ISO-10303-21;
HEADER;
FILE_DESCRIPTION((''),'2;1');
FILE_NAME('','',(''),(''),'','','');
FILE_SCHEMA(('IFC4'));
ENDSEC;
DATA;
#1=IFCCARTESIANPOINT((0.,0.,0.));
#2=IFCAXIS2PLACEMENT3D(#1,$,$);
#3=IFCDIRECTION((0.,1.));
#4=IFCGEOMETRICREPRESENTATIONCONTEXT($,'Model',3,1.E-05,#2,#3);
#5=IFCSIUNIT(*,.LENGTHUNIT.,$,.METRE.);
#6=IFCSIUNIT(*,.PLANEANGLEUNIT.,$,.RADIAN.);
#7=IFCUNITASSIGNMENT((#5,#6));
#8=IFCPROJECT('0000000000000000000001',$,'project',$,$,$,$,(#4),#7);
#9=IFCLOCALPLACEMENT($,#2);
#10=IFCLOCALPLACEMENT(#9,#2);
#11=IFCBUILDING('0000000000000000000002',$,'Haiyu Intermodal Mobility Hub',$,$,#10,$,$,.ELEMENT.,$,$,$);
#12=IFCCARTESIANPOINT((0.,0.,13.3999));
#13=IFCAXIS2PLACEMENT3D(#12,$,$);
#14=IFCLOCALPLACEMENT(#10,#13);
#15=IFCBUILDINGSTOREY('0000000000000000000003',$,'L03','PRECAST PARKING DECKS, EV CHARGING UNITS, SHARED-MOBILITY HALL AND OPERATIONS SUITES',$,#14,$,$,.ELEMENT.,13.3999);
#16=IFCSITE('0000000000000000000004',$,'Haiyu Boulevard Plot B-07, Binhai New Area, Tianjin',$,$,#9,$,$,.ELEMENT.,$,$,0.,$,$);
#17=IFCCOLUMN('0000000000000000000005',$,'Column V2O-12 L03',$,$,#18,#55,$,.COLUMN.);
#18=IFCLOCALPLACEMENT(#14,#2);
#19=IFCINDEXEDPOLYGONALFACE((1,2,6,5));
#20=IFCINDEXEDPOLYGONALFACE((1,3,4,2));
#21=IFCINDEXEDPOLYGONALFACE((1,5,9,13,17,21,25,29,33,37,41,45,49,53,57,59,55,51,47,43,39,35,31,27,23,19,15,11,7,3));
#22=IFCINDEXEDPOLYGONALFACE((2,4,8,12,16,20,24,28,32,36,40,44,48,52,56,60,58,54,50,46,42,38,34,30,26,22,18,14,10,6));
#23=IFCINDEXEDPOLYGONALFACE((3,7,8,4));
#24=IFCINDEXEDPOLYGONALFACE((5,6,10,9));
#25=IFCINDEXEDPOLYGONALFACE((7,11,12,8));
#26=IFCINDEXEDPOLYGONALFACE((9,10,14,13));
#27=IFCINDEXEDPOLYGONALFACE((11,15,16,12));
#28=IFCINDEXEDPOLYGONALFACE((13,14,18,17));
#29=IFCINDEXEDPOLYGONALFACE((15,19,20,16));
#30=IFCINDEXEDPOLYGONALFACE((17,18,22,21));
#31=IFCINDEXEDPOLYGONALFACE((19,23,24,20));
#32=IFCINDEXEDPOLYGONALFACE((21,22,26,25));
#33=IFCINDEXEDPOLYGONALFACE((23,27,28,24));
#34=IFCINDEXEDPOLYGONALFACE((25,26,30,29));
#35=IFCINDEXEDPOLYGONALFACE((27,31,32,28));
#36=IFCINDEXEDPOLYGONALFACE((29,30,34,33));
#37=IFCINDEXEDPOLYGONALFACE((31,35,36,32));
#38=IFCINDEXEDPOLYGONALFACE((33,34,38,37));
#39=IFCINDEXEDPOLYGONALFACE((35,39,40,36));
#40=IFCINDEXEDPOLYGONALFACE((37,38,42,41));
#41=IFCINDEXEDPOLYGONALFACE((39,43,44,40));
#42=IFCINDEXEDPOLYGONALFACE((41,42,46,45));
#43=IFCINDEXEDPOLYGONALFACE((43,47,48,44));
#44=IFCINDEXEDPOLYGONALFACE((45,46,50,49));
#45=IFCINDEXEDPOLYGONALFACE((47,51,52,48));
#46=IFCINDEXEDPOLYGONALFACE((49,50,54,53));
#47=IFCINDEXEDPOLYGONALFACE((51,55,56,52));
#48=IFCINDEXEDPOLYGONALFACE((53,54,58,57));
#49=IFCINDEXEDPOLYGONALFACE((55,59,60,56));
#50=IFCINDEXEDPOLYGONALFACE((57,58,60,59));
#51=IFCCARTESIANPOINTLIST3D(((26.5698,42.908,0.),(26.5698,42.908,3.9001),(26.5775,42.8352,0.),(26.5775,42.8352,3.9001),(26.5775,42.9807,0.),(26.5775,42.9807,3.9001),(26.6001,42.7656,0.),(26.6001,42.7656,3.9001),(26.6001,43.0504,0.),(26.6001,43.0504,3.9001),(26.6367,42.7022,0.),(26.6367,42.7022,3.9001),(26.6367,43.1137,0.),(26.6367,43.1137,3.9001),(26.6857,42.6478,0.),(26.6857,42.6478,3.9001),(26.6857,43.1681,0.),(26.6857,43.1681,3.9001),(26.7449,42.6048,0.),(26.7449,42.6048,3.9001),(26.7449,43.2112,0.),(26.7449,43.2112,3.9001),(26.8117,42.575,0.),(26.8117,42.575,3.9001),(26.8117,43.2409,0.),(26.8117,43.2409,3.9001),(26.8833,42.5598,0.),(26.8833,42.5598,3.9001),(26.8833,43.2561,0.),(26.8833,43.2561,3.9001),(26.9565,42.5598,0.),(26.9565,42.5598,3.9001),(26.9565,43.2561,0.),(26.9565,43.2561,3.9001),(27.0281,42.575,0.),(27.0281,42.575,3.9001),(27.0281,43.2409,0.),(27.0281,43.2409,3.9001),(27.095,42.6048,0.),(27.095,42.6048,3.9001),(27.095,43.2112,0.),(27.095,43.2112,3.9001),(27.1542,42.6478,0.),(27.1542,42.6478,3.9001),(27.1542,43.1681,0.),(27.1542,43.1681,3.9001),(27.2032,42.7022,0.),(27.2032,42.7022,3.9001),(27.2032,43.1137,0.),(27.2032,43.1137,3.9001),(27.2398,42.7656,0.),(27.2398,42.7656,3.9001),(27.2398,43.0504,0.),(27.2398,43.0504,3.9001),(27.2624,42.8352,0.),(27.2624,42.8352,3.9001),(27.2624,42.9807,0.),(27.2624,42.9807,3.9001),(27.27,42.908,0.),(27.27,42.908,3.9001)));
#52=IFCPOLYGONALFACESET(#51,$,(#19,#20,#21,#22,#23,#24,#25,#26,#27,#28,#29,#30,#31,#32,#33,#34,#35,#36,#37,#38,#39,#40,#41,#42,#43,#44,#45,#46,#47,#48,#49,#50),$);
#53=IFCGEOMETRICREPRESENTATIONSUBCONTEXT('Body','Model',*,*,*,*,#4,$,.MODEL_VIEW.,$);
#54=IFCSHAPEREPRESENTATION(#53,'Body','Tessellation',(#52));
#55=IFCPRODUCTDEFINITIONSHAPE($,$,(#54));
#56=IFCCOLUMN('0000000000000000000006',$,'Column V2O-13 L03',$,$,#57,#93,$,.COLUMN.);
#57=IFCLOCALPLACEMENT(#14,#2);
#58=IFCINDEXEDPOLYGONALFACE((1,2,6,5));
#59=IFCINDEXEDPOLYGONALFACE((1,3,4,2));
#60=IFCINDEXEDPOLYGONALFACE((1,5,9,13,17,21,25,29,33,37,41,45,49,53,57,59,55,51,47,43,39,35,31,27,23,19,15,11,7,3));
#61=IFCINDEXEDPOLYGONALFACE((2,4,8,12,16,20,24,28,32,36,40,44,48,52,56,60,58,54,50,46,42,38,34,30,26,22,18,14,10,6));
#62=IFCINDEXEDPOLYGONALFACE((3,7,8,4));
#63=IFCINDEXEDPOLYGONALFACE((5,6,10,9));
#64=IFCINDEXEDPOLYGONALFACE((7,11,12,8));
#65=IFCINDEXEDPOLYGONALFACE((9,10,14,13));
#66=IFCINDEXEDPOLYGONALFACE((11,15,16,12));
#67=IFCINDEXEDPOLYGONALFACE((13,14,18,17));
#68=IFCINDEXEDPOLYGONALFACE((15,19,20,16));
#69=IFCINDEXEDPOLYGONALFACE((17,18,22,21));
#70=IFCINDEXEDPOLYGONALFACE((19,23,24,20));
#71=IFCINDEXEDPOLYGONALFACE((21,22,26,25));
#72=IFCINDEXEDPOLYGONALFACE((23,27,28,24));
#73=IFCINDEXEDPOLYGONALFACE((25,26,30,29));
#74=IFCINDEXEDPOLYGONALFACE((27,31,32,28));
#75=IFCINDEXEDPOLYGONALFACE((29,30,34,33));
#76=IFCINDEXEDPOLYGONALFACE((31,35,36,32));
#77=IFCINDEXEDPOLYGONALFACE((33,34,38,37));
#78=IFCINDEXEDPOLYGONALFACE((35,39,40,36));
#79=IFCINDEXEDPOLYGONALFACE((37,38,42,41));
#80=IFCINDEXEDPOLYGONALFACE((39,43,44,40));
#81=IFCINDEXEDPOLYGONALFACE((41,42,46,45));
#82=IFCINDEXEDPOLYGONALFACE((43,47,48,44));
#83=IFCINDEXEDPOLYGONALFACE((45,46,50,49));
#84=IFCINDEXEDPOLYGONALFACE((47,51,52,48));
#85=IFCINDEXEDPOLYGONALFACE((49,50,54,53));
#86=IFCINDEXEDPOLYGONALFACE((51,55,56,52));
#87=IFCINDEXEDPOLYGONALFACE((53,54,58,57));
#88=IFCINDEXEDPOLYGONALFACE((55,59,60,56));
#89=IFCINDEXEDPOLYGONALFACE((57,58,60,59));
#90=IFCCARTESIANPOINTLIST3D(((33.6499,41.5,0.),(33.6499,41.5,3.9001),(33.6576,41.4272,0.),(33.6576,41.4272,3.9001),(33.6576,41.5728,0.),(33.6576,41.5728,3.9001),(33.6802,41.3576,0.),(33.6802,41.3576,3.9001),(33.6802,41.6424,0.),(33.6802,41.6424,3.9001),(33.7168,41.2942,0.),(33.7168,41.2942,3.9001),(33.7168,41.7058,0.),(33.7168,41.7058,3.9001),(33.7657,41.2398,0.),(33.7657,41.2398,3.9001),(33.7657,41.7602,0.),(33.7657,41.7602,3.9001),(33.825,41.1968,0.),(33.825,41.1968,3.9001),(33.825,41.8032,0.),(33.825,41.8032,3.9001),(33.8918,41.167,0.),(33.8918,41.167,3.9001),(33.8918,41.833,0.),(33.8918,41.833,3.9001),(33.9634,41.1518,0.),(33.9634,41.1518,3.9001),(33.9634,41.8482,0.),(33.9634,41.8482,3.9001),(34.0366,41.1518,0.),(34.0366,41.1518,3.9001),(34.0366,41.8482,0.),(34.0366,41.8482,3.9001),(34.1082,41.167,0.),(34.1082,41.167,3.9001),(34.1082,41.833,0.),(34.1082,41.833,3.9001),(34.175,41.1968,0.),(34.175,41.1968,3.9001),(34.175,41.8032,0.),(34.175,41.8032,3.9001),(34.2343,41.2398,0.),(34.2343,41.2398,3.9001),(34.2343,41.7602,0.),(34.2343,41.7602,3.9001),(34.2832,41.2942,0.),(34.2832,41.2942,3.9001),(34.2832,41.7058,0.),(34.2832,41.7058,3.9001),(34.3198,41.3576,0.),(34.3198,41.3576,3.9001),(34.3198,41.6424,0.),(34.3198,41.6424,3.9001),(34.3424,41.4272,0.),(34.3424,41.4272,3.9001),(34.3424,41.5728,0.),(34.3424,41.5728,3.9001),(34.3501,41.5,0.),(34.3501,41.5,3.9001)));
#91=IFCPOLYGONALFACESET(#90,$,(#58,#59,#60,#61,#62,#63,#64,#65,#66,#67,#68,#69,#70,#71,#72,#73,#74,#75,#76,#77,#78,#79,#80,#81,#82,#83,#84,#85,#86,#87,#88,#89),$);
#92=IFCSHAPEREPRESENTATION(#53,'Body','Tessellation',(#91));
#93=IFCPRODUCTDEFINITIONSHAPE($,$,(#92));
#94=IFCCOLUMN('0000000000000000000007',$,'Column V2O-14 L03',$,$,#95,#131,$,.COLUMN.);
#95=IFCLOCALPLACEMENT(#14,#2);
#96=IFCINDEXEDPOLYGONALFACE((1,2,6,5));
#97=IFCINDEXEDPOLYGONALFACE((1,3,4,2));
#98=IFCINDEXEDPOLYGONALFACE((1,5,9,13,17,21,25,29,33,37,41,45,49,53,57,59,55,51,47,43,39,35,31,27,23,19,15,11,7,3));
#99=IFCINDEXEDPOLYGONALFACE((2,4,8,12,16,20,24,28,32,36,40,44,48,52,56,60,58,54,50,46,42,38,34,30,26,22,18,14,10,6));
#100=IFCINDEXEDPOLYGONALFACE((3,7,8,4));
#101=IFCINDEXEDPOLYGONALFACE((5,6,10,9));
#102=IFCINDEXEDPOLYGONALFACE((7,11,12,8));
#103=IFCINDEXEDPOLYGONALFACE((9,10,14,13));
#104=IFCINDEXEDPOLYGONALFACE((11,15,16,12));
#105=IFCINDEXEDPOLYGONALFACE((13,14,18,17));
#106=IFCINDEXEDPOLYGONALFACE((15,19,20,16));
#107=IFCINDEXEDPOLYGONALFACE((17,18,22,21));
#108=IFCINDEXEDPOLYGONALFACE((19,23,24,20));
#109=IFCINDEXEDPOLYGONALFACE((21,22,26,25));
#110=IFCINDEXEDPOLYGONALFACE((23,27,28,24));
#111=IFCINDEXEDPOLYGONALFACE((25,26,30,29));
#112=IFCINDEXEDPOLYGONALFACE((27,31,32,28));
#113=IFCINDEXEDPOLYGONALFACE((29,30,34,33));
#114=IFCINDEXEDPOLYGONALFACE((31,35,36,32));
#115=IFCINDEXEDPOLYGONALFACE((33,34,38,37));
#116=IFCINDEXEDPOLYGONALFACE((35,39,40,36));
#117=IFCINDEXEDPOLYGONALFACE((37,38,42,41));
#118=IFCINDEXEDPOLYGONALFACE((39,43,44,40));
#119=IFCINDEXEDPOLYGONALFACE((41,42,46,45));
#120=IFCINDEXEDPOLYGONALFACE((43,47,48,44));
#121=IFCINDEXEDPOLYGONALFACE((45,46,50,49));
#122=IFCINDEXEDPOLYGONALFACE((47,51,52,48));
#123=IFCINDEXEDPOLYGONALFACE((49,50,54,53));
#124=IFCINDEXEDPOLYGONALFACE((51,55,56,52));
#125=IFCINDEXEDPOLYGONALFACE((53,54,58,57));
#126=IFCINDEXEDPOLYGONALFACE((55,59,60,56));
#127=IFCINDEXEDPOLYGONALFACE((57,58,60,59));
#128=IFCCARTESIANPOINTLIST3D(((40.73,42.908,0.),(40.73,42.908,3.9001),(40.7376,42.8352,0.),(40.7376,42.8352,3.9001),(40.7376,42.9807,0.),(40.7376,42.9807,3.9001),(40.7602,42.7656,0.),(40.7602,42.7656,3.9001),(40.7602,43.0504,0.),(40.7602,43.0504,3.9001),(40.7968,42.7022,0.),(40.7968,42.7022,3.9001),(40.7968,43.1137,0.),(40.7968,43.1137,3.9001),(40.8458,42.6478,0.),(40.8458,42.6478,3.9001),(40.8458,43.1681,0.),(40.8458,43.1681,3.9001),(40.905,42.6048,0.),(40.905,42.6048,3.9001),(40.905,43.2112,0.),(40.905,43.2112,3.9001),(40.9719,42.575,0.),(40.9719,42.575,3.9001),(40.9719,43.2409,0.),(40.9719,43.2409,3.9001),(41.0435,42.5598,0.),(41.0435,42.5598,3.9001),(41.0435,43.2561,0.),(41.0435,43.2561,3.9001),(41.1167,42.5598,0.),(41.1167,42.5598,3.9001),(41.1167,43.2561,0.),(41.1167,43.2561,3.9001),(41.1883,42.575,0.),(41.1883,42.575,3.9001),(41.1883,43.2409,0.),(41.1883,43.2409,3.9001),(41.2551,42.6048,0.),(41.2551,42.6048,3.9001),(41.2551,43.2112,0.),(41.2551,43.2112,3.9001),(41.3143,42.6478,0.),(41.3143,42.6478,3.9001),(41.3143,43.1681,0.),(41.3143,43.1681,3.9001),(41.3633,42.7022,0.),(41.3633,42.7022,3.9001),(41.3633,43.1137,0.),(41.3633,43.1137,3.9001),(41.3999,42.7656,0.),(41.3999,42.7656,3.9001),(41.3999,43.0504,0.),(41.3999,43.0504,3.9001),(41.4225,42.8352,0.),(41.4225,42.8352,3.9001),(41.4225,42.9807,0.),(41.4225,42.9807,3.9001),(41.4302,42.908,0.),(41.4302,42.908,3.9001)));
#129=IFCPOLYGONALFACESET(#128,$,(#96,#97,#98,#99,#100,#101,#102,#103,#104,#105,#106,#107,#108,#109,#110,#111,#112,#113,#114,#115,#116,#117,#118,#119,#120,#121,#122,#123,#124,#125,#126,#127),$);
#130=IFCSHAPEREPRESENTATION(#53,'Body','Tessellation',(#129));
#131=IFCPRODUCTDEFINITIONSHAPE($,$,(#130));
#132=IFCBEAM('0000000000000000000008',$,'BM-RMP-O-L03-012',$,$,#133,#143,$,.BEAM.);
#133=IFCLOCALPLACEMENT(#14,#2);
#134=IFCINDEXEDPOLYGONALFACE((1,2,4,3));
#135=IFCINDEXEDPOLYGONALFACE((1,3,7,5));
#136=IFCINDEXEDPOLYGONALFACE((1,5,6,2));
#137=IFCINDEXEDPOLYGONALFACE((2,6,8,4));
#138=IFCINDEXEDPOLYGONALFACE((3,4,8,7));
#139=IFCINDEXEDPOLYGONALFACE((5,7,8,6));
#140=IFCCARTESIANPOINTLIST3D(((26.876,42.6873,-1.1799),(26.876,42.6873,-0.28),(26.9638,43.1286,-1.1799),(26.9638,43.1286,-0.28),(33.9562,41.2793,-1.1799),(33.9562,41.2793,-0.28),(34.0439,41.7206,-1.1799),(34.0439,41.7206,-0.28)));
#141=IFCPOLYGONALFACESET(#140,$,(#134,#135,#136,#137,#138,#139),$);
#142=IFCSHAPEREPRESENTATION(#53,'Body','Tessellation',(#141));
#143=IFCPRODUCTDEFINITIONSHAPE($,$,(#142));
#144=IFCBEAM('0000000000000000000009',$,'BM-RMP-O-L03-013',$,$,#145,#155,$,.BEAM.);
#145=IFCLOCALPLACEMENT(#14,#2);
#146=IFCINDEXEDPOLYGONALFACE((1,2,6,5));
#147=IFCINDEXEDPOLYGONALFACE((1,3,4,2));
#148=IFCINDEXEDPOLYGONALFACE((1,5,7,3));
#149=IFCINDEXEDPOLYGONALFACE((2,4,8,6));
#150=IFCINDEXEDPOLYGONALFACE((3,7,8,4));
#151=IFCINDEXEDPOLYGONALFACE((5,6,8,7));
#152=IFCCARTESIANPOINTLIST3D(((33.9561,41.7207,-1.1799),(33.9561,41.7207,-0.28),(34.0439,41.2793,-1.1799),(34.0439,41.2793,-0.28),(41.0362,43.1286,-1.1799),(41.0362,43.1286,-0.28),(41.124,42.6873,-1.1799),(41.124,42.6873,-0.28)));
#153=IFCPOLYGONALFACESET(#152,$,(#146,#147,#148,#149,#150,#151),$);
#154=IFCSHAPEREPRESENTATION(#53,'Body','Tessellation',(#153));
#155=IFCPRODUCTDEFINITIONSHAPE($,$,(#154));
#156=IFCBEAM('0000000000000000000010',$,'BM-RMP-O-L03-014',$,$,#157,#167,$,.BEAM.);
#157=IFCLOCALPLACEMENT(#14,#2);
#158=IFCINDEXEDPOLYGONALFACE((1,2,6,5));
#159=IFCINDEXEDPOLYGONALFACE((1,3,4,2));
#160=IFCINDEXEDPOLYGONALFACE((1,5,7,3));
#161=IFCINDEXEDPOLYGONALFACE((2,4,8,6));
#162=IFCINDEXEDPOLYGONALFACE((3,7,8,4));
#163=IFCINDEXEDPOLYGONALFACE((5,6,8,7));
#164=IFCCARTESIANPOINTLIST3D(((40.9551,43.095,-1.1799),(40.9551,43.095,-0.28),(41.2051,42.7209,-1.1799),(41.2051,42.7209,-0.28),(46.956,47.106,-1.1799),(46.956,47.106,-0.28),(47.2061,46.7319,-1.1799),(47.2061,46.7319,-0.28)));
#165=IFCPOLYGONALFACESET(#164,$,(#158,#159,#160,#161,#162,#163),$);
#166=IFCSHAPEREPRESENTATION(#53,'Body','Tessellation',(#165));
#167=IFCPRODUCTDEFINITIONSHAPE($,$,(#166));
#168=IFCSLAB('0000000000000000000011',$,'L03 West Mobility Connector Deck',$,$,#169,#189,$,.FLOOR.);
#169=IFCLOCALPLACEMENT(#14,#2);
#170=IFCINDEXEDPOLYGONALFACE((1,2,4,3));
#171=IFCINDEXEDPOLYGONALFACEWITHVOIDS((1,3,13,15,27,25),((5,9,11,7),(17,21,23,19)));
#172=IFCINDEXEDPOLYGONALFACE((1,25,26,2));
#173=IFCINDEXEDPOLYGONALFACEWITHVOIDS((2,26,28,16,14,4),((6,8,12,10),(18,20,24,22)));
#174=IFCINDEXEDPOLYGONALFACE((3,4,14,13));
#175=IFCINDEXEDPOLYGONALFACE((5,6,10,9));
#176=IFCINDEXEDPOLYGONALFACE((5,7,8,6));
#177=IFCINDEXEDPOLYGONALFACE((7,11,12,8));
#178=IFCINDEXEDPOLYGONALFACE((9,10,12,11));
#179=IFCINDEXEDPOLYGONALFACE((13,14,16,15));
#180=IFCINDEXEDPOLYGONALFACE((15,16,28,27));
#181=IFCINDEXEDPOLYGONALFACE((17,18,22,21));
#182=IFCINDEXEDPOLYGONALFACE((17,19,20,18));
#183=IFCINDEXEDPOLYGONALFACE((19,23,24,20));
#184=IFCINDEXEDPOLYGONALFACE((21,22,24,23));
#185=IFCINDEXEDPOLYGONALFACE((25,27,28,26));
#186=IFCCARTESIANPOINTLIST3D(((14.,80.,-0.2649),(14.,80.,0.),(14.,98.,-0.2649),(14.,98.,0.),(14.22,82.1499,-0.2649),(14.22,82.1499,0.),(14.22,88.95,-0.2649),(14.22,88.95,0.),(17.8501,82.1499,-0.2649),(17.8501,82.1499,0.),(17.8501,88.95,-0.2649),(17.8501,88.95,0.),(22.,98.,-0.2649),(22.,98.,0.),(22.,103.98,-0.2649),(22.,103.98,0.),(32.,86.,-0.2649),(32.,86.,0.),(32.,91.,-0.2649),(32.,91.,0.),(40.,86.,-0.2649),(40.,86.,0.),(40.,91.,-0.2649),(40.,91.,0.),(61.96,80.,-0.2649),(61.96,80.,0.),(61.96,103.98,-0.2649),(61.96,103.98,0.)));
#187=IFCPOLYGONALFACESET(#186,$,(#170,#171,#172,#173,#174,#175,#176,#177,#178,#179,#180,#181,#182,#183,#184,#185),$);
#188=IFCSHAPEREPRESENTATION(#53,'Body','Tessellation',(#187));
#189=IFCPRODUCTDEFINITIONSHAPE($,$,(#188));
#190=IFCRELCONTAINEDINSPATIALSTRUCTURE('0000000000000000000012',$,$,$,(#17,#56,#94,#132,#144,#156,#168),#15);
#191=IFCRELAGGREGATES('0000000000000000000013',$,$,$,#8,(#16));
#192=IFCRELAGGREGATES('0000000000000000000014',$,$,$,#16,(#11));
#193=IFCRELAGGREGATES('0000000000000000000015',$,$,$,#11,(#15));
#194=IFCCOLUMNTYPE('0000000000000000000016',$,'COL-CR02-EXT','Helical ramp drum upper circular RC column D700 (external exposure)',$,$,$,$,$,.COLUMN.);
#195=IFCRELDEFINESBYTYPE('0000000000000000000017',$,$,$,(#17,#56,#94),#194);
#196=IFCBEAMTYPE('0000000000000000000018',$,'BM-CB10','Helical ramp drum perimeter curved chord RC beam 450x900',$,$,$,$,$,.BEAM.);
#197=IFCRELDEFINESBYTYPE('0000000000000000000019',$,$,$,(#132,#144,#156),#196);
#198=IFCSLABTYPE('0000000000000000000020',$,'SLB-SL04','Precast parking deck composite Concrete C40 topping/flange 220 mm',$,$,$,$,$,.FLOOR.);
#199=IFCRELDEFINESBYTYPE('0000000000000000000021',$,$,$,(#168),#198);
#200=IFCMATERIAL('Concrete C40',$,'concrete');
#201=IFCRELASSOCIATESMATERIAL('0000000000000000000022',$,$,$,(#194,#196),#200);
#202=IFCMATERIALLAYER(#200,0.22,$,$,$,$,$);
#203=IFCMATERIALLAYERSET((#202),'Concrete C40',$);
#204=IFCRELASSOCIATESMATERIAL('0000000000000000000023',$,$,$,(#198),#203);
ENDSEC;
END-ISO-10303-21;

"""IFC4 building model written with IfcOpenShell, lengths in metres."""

from ifc_helpers import new_model, si_unit, direction, frame, origin, origin_2d, place, context, subcontext, project, spatial, polyline, rectangle, circle, outline, extrude, material, layer, layer_set, material_profile, profile_set, type_object, element, save


model = new_model("IFC4")

# Units and contexts
model_context = context("Model", 3, precision=1e-05, world=origin(), true_north=direction((0.0, 1.0)))
body_context = subcontext(model_context, "Body", "Model", "MODEL_VIEW")
ifc_project = project(units=[si_unit("LENGTHUNIT", "METRE"), si_unit("PLANEANGLEUNIT", "RADIAN")], contexts=[model_context])

# Site, building, storey
site_placement = place(None, origin())
site = spatial("IfcSite", under=ifc_project, at=site_placement, Name="Haiyu Boulevard Plot B-07, Binhai New Area, Tianjin", CompositionType="ELEMENT", RefElevation=0.0)
building_placement = place(site_placement, origin())
building = spatial("IfcBuilding", under=site, at=building_placement, Name="Haiyu Intermodal Mobility Hub", CompositionType="ELEMENT")
storey_placement = place(building_placement, frame((0.0, 0.0, 13.3999)))
storey = spatial("IfcBuildingStorey", under=building, at=storey_placement, Name="L03", Description="PRECAST PARKING DECKS, EV CHARGING UNITS, SHARED-MOBILITY HALL AND OPERATIONS SUITES", CompositionType="ELEMENT", Elevation=13.3999)

# Columns
ifc_material_1 = material(Name="Concrete C40", Category="concrete")
ifc_material_profile_1 = material_profile(ifc_material_1, circle(Radius=0.3501, at=origin_2d()), Name="RCCOL-D700")
ifc_profile_set_1 = profile_set([ifc_material_profile_1], Name="Concrete C40")
column_type = type_object("IfcColumnType", Name="COL-CR02-EXT", Description="Helical ramp drum upper circular RC column D700 (external exposure)", PredefinedType="COLUMN", material=ifc_profile_set_1)
for number, where, z_axis, x_axis, name in (
    (1, (26.9199, 42.908, 0.0), (0.0, 0.0, 1.0), (1.0, 0.0, 0.0), "Column V2O-12 L03"),
    (2, (34.0, 41.5, 0.0), (0.0, 0.0, 1.0), (1.0, 0.0, 0.0), "Column V2O-13 L03"),
    (3, (41.0801, 42.908, 0.0), (0.0, 0.0, 1.0), (1.0, 0.0, 0.0), "Column V2O-14 L03"),
):
    element("IfcColumn", number, at=place(storey_placement, frame(where, z_axis=z_axis, x_axis=x_axis)), inside=storey, type_object=column_type, Name=name, PredefinedType="COLUMN", context=body_context, shape_type="SweptSolid", body=[
        extrude(circle(Radius=0.3501, at=origin_2d()), origin(), (0.0, 0.0, 1.0), 3.9001),
    ])

# Beams
ifc_material_profile_2 = material_profile(ifc_material_1, rectangle(XDim=0.45, YDim=0.8999, at=origin_2d()), Name="RCB450x900")
ifc_profile_set_2 = profile_set([ifc_material_profile_2], Name="Concrete C40")
beam_type = type_object("IfcBeamType", Name="BM-CB10", Description="Helical ramp drum perimeter curved chord RC beam 450x900", PredefinedType="BEAM", material=ifc_profile_set_2)
for number, where, z_axis, x_axis, name in (
    (4, (26.9199, 42.908, -0.73), (0.980795, -0.195043, 0.0), (0.195043, 0.980795, 0.0), "BM-RMP-O-L03-012"),
    (5, (34.0, 41.5, -0.73), (0.980795, 0.195043, 0.0), (-0.195043, 0.980795, 0.0), "BM-RMP-O-L03-013"),
):
    element("IfcBeam", number, at=place(storey_placement, frame(where, z_axis=z_axis, x_axis=x_axis)), inside=storey, type_object=beam_type, Name=name, PredefinedType="BEAM", context=body_context, shape_type="SweptSolid", body=[
        extrude(rectangle(XDim=0.45, YDim=0.8999, at=origin_2d()), origin(), (0.0, 0.0, 1.0), 7.2188),
    ])
beam_placement = place(storey_placement, frame((41.0801, 42.908, -0.73), z_axis=(0.831389, 0.555691, 0.0), x_axis=(-0.555691, 0.831389, 0.0)))
element("IfcBeam", 6, at=beam_placement, inside=storey, type_object=beam_type, Name="BM-RMP-O-L03-014", PredefinedType="BEAM", context=body_context, shape_type="SweptSolid", body=[
    extrude(rectangle(XDim=0.45, YDim=0.8999, at=origin_2d()), origin(), (0.0, 0.0, 1.0), 7.218),
])

# Slab
ifc_layer_1 = layer(ifc_material_1, 0.22)
ifc_layer_set_1 = layer_set([ifc_layer_1], Name="Concrete C40")
slab_type_1 = type_object("IfcSlabType", Name="SLB-SL04", Description="Precast parking deck composite Concrete C40 topping/flange 220 mm", PredefinedType="FLOOR", material=ifc_layer_set_1)
slab_1_placement = place(storey_placement, frame((0.0, 0.0, -0.2649)))
element("IfcSlab", 7, at=slab_1_placement, inside=storey, type_object=slab_type_1, Name="L03 West Mobility Connector Deck", PredefinedType="FLOOR", context=body_context, shape_type="SweptSolid", body=[
    extrude(outline(polyline([(14.0, 80.0), (61.96, 80.0), (61.96, 103.98), (22.0, 103.98), (22.0, 98.0), (14.0, 98.0), (14.0, 80.0)]), holes=[polyline([(14.22, 82.1499), (17.8501, 82.1499), (17.8501, 88.95), (14.22, 88.95), (14.22, 82.1499)]), polyline([(32.0, 86.0), (40.0, 86.0), (40.0, 91.0), (32.0, 91.0), (32.0, 86.0)])]), origin(), (0.0, 0.0, 1.0), 0.2649),
])

save(model, "model.ifc")
